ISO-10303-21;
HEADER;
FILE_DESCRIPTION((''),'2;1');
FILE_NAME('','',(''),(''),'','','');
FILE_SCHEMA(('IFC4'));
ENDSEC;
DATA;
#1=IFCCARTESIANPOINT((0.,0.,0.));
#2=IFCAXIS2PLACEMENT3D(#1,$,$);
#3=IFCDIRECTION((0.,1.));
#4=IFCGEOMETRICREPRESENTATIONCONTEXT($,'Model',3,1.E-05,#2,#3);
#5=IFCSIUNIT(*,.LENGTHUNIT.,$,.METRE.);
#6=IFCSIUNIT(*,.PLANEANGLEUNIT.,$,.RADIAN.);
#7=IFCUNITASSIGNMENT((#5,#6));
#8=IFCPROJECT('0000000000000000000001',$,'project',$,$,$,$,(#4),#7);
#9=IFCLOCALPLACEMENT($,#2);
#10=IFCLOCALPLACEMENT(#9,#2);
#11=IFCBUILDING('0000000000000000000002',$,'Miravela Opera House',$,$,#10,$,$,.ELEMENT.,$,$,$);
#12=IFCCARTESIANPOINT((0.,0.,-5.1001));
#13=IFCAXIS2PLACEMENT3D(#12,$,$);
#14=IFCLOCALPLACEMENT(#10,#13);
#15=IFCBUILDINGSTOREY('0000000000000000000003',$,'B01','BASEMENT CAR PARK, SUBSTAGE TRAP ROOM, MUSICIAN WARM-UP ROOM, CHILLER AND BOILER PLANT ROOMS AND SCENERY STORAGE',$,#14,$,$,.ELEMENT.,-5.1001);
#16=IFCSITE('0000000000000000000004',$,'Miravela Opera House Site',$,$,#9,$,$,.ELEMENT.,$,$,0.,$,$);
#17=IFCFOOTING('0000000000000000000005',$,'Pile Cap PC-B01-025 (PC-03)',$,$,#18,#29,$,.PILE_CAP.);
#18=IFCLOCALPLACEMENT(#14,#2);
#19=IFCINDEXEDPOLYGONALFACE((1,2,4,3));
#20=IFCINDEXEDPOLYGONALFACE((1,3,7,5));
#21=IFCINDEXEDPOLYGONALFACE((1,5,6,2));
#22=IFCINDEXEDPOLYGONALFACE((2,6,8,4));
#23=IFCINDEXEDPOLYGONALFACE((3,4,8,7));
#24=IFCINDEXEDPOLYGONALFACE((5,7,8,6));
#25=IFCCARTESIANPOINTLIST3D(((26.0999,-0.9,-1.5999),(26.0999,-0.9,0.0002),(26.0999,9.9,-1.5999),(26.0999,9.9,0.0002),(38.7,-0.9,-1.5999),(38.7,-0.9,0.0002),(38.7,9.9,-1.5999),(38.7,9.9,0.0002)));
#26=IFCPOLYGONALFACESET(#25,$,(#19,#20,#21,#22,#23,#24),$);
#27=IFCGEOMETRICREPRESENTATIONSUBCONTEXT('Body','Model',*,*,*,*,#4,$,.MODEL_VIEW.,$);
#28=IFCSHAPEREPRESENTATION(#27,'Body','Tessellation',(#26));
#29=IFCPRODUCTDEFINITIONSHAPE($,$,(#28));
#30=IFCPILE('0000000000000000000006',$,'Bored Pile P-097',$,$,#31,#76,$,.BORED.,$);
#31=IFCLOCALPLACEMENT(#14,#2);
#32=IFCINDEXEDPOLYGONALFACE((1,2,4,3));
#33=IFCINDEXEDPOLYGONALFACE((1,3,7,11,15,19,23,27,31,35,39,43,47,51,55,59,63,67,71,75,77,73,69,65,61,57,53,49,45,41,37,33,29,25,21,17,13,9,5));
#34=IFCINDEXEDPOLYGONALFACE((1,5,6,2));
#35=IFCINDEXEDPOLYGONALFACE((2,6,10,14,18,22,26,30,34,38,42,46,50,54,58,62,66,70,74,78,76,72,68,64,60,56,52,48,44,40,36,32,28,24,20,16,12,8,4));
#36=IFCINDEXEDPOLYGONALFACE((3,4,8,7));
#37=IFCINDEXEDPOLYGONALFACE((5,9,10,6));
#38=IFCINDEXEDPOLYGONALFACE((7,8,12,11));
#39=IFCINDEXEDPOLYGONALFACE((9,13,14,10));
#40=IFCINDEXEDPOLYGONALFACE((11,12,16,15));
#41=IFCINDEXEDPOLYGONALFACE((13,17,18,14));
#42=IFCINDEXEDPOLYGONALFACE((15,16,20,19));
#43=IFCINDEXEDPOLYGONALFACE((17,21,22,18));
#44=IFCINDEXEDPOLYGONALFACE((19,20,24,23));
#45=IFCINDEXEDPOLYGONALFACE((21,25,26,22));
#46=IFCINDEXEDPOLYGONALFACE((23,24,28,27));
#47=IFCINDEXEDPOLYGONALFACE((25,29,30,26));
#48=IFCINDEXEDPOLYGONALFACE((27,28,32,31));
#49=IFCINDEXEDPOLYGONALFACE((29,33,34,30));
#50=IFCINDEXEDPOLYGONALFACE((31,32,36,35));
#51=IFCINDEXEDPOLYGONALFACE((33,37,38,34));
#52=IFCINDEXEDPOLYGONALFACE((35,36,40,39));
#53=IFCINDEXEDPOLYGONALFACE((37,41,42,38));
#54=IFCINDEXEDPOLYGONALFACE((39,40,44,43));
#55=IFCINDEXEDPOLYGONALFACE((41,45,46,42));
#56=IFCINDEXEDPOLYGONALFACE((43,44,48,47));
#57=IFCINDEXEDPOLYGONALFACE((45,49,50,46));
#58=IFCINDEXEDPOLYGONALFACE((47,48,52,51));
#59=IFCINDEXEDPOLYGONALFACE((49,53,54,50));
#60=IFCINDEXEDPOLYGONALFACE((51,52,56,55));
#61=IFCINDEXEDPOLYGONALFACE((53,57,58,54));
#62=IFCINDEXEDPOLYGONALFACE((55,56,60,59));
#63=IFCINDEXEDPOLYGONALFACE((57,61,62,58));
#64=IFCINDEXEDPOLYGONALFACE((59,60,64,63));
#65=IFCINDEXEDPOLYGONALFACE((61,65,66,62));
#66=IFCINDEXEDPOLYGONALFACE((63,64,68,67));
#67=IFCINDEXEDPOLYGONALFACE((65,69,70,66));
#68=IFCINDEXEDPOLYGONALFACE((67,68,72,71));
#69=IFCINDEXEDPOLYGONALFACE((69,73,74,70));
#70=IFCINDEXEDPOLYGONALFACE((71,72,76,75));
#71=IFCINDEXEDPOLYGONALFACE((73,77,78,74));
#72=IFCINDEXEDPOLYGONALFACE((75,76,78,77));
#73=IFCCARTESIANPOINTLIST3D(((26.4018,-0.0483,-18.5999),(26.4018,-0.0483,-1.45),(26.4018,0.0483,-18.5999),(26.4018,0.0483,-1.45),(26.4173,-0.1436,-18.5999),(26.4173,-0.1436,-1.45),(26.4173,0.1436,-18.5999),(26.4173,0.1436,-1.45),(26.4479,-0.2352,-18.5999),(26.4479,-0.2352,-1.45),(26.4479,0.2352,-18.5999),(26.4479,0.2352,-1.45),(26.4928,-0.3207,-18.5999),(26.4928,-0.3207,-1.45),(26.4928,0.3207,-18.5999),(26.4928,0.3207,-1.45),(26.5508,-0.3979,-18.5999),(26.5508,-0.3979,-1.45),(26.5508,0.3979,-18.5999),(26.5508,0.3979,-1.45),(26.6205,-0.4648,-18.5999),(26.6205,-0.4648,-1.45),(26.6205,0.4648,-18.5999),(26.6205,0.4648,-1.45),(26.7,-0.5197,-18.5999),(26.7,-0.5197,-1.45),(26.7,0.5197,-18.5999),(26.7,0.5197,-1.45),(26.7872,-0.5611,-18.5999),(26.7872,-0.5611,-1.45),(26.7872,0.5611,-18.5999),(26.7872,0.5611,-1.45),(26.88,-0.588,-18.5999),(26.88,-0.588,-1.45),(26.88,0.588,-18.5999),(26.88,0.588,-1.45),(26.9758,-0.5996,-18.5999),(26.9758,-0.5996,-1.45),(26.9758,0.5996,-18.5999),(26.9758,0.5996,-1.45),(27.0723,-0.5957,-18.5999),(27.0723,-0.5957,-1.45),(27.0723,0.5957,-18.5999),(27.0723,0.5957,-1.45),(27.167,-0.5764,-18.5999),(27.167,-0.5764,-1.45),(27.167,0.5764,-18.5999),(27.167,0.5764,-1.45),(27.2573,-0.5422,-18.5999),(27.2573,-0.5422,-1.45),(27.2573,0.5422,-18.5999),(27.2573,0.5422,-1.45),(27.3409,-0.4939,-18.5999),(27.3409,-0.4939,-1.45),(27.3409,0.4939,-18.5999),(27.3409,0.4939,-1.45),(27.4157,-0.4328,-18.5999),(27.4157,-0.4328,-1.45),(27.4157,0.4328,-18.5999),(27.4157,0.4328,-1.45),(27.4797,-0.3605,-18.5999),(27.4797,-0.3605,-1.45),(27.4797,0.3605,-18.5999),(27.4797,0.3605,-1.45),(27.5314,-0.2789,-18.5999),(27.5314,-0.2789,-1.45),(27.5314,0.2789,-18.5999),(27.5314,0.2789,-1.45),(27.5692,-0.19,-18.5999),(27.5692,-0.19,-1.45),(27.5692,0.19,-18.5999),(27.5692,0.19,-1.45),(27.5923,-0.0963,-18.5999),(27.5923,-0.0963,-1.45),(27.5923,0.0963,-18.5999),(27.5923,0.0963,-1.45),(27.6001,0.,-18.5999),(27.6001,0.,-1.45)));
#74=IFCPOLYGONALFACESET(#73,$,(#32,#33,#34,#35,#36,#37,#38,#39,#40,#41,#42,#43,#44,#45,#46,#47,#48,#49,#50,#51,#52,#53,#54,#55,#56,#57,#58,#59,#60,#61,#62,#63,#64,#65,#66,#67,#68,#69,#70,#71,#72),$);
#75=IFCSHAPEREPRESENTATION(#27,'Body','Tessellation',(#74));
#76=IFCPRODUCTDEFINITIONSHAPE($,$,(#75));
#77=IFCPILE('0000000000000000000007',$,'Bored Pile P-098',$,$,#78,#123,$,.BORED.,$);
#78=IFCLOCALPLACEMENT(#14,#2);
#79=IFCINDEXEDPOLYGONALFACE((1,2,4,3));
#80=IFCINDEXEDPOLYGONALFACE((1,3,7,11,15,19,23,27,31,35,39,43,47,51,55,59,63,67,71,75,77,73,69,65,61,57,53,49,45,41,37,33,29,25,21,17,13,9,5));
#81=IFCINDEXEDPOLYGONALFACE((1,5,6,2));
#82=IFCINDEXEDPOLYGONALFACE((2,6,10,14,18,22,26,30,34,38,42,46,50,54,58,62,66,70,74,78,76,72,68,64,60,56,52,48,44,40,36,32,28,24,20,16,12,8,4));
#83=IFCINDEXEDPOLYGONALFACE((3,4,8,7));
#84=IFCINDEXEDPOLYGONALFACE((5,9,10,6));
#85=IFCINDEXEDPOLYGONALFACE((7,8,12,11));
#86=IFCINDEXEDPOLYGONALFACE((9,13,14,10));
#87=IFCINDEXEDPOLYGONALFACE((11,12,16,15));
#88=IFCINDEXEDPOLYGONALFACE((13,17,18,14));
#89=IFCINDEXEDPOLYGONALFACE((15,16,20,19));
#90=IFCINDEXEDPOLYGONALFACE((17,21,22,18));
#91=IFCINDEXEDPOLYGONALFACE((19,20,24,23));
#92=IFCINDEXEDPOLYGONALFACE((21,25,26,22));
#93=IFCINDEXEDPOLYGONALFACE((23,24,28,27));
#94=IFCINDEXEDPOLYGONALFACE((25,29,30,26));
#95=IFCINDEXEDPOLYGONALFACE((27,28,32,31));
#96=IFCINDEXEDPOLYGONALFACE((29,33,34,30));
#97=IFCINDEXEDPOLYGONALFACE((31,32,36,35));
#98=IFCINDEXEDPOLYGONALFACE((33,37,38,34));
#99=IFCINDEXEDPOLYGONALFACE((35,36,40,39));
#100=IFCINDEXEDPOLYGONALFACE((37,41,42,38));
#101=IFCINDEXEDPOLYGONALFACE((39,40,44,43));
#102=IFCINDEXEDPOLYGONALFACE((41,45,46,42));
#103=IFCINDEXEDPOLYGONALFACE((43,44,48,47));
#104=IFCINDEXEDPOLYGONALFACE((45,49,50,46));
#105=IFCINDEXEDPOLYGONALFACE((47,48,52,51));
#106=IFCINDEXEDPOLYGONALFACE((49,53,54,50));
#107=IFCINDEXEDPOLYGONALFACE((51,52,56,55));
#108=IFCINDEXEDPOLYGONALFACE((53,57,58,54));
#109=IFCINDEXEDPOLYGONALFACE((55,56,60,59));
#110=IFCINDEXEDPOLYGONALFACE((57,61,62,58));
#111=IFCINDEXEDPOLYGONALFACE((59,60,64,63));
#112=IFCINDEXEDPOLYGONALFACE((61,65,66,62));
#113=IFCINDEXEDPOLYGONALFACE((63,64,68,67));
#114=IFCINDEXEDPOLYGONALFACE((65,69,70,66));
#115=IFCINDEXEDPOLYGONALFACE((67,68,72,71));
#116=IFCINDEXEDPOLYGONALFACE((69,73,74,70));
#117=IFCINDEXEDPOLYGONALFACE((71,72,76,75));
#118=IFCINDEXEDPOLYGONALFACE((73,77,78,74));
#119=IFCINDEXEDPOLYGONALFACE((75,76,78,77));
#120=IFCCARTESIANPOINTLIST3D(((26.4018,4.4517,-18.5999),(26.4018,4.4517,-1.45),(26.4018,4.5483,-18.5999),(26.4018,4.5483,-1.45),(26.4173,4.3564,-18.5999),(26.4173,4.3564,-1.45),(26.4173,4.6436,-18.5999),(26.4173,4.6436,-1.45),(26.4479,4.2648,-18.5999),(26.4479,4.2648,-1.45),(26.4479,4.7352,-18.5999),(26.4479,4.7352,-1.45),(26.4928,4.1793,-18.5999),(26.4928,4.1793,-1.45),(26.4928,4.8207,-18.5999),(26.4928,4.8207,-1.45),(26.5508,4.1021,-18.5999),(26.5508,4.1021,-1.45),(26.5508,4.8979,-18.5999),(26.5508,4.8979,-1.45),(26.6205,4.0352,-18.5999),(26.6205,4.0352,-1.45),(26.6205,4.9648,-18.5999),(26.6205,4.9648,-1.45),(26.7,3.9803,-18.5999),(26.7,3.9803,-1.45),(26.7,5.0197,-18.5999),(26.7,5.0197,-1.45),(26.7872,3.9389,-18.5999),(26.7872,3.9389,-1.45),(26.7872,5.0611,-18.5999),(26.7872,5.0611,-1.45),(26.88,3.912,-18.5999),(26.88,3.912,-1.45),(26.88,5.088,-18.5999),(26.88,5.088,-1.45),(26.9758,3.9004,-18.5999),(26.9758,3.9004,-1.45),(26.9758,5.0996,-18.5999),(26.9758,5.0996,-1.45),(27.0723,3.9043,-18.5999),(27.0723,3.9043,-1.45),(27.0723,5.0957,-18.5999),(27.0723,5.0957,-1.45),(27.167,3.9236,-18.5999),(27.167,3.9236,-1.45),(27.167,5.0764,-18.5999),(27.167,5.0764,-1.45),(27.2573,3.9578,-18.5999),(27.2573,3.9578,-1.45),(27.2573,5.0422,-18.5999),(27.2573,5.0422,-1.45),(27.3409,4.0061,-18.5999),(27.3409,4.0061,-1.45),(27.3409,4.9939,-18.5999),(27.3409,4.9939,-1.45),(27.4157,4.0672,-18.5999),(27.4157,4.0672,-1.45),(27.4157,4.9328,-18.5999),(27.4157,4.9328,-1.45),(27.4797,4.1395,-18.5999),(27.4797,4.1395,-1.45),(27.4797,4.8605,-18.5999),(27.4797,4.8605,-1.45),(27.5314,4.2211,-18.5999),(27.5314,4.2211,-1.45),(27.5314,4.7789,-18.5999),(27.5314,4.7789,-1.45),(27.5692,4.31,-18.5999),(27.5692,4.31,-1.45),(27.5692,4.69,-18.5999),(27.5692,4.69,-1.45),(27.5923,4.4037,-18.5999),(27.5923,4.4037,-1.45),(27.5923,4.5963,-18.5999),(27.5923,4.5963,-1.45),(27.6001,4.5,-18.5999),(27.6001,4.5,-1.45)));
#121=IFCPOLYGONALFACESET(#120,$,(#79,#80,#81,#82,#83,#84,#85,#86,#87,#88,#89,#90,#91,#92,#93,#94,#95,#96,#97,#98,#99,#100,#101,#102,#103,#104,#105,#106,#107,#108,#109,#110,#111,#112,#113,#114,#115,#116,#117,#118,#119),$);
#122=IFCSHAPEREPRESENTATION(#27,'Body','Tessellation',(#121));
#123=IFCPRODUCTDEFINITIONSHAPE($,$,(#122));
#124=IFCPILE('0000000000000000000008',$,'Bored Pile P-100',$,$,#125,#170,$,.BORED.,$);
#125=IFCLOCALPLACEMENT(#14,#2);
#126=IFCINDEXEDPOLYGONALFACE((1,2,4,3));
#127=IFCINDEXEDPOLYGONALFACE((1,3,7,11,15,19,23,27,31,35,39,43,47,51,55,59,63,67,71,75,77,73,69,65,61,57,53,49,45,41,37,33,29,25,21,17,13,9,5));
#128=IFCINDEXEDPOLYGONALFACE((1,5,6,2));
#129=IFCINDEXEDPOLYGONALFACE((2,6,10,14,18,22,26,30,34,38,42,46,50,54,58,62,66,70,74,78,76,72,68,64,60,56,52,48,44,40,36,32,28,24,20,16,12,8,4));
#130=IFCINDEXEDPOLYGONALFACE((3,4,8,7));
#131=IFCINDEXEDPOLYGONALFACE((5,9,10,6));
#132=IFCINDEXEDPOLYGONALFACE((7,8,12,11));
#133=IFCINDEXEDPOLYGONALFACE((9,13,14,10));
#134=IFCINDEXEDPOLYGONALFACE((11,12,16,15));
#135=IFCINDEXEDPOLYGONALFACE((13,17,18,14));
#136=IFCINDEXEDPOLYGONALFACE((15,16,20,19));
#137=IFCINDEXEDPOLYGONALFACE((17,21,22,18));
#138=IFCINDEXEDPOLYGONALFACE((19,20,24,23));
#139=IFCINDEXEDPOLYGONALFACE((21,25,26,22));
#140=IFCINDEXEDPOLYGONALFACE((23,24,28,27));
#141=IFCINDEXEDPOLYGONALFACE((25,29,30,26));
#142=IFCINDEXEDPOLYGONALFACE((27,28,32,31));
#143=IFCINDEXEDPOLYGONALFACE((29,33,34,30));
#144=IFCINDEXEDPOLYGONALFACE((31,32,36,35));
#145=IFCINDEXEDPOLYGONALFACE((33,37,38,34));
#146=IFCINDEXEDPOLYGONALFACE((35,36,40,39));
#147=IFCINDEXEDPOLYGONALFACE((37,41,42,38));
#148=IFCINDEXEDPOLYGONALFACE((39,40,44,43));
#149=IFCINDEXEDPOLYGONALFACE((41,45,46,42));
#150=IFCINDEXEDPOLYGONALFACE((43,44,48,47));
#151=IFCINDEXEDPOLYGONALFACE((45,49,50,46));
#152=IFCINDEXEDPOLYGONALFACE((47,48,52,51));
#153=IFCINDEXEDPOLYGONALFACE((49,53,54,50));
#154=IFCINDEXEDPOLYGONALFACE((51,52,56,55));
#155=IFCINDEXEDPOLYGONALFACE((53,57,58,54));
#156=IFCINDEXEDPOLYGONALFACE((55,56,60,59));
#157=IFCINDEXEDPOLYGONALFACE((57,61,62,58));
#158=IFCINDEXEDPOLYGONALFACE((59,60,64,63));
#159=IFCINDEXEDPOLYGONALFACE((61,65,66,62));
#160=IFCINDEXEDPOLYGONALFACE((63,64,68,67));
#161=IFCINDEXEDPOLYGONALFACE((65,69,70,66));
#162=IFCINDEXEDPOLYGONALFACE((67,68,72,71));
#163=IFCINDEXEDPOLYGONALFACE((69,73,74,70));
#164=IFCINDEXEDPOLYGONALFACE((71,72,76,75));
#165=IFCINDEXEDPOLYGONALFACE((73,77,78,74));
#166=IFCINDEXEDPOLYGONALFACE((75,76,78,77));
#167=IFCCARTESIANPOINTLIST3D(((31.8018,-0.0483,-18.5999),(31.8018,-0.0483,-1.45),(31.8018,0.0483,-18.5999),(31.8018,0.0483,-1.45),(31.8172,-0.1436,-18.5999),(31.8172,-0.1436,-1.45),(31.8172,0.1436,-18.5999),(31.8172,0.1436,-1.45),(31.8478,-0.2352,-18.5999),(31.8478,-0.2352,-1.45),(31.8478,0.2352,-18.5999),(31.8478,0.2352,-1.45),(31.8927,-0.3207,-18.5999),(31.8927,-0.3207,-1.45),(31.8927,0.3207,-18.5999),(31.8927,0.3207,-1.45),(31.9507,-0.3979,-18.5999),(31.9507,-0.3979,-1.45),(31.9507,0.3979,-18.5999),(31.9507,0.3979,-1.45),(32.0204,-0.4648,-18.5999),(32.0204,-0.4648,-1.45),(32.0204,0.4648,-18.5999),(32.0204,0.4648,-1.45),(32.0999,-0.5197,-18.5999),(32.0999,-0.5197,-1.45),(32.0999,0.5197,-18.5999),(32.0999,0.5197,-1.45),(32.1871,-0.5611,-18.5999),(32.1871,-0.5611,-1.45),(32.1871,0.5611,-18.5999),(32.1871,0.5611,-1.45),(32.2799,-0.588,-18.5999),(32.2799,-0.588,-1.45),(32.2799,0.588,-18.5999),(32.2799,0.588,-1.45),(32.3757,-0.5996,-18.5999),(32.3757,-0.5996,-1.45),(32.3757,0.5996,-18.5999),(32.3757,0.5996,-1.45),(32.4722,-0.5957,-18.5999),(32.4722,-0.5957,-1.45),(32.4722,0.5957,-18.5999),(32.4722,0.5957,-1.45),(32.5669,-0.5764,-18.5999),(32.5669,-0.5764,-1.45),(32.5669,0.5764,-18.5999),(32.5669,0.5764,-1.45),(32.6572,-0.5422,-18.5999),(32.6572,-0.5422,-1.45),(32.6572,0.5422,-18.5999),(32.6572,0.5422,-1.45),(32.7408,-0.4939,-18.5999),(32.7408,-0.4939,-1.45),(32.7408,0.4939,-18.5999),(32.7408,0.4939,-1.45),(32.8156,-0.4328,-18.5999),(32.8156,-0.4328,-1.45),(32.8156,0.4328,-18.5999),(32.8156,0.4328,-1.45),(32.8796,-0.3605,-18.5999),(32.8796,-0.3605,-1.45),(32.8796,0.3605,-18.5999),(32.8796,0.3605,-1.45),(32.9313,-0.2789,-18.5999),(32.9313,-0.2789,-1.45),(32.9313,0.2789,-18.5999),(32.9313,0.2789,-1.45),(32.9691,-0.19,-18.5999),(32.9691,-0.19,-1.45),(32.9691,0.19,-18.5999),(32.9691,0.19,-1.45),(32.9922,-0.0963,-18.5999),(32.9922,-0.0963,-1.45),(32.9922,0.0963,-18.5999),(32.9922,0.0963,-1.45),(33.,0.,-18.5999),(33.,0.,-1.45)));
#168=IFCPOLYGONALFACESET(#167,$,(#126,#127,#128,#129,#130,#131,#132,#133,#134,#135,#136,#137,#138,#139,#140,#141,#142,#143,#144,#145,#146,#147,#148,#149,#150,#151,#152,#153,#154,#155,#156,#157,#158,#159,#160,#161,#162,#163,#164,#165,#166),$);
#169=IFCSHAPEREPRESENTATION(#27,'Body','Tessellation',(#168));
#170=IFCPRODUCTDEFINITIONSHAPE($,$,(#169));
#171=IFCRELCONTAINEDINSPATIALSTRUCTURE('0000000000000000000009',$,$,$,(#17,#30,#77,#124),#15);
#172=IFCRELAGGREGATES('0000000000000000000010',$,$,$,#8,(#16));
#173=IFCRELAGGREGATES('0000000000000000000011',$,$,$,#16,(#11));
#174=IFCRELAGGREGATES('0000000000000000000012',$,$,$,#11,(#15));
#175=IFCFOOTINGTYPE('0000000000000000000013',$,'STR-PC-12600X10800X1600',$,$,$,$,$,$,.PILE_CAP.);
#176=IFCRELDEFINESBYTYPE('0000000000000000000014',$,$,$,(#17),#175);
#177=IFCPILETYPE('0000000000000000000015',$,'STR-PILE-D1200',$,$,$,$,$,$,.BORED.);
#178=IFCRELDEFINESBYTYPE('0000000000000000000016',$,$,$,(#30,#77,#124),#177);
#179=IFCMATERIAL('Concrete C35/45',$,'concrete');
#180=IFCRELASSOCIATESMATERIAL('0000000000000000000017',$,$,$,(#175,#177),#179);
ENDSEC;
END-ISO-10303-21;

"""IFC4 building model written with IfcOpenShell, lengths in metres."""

from ifc_helpers import new_model, si_unit, direction, frame, origin, origin_2d, place, context, subcontext, project, spatial, rectangle, circle, extrude, material, material_profile, profile_set, type_object, element, save


model = new_model("IFC4")

# Units and contexts
model_context = context("Model", 3, precision=1e-05, world=origin(), true_north=direction((0.0, 1.0)))
body_context = subcontext(model_context, "Body", "Model", "MODEL_VIEW")
ifc_project = project(units=[si_unit("LENGTHUNIT", "METRE"), si_unit("PLANEANGLEUNIT", "RADIAN")], contexts=[model_context])

# Site, building, storey
site_placement = place(None, origin())
site = spatial("IfcSite", under=ifc_project, at=site_placement, Name="Miravela Opera House Site", CompositionType="ELEMENT", RefElevation=0.0)
building_placement = place(site_placement, origin())
building = spatial("IfcBuilding", under=site, at=building_placement, Name="Miravela Opera House", CompositionType="ELEMENT")
storey_placement = place(building_placement, frame((0.0, 0.0, -5.1001)))
storey = spatial("IfcBuildingStorey", under=building, at=storey_placement, Name="B01", Description="BASEMENT CAR PARK, SUBSTAGE TRAP ROOM, MUSICIAN WARM-UP ROOM, CHILLER AND BOILER PLANT ROOMS AND SCENERY STORAGE", CompositionType="ELEMENT", Elevation=-5.1001)

# Footing
ifc_material_1 = material(Name="Concrete C35/45", Category="concrete")
footing_type = type_object("IfcFootingType", Name="STR-PC-12600X10800X1600", PredefinedType="PILE_CAP", material=ifc_material_1)
footing_placement = place(storey_placement, frame((32.3999, 4.5, -1.5999), z_axis=(0.0, 0.0, 1.0), x_axis=(1.0, 0.0, 0.0)))
element("IfcFooting", 1, at=footing_placement, inside=storey, type_object=footing_type, Name="Pile Cap PC-B01-025 (PC-03)", PredefinedType="PILE_CAP", context=body_context, shape_type="SweptSolid", body=[
    extrude(rectangle(XDim=12.6001, YDim=10.8, at=origin_2d()), origin(), (0.0, 0.0, 1.0), 1.6001),
])

# Piles
ifc_material_profile_1 = material_profile(ifc_material_1, circle(Radius=0.6001, at=origin_2d()), Name="PILE-D1200")
ifc_profile_set_1 = profile_set([ifc_material_profile_1])
pile_type = type_object("IfcPileType", Name="STR-PILE-D1200", PredefinedType="BORED", material=ifc_profile_set_1)
for number, where, z_axis, x_axis, name in (
    (2, (27.0, 0.0, -1.45), (0.0, 0.0, -1.0), (1.0, 0.0, 0.0), "Bored Pile P-097"),
    (3, (27.0, 4.5, -1.45), (0.0, 0.0, -1.0), (1.0, 0.0, 0.0), "Bored Pile P-098"),
    (4, (32.3999, 0.0, -1.45), (0.0, 0.0, -1.0), (1.0, 0.0, 0.0), "Bored Pile P-100"),
):
    element("IfcPile", number, at=place(storey_placement, frame(where, z_axis=z_axis, x_axis=x_axis)), inside=storey, type_object=pile_type, Name=name, PredefinedType="BORED", context=body_context, shape_type="SweptSolid", body=[
        extrude(circle(Radius=0.6001, at=origin_2d()), origin(), (0.0, 0.0, 1.0), 17.1499),
    ])

save(model, "model.ifc")
